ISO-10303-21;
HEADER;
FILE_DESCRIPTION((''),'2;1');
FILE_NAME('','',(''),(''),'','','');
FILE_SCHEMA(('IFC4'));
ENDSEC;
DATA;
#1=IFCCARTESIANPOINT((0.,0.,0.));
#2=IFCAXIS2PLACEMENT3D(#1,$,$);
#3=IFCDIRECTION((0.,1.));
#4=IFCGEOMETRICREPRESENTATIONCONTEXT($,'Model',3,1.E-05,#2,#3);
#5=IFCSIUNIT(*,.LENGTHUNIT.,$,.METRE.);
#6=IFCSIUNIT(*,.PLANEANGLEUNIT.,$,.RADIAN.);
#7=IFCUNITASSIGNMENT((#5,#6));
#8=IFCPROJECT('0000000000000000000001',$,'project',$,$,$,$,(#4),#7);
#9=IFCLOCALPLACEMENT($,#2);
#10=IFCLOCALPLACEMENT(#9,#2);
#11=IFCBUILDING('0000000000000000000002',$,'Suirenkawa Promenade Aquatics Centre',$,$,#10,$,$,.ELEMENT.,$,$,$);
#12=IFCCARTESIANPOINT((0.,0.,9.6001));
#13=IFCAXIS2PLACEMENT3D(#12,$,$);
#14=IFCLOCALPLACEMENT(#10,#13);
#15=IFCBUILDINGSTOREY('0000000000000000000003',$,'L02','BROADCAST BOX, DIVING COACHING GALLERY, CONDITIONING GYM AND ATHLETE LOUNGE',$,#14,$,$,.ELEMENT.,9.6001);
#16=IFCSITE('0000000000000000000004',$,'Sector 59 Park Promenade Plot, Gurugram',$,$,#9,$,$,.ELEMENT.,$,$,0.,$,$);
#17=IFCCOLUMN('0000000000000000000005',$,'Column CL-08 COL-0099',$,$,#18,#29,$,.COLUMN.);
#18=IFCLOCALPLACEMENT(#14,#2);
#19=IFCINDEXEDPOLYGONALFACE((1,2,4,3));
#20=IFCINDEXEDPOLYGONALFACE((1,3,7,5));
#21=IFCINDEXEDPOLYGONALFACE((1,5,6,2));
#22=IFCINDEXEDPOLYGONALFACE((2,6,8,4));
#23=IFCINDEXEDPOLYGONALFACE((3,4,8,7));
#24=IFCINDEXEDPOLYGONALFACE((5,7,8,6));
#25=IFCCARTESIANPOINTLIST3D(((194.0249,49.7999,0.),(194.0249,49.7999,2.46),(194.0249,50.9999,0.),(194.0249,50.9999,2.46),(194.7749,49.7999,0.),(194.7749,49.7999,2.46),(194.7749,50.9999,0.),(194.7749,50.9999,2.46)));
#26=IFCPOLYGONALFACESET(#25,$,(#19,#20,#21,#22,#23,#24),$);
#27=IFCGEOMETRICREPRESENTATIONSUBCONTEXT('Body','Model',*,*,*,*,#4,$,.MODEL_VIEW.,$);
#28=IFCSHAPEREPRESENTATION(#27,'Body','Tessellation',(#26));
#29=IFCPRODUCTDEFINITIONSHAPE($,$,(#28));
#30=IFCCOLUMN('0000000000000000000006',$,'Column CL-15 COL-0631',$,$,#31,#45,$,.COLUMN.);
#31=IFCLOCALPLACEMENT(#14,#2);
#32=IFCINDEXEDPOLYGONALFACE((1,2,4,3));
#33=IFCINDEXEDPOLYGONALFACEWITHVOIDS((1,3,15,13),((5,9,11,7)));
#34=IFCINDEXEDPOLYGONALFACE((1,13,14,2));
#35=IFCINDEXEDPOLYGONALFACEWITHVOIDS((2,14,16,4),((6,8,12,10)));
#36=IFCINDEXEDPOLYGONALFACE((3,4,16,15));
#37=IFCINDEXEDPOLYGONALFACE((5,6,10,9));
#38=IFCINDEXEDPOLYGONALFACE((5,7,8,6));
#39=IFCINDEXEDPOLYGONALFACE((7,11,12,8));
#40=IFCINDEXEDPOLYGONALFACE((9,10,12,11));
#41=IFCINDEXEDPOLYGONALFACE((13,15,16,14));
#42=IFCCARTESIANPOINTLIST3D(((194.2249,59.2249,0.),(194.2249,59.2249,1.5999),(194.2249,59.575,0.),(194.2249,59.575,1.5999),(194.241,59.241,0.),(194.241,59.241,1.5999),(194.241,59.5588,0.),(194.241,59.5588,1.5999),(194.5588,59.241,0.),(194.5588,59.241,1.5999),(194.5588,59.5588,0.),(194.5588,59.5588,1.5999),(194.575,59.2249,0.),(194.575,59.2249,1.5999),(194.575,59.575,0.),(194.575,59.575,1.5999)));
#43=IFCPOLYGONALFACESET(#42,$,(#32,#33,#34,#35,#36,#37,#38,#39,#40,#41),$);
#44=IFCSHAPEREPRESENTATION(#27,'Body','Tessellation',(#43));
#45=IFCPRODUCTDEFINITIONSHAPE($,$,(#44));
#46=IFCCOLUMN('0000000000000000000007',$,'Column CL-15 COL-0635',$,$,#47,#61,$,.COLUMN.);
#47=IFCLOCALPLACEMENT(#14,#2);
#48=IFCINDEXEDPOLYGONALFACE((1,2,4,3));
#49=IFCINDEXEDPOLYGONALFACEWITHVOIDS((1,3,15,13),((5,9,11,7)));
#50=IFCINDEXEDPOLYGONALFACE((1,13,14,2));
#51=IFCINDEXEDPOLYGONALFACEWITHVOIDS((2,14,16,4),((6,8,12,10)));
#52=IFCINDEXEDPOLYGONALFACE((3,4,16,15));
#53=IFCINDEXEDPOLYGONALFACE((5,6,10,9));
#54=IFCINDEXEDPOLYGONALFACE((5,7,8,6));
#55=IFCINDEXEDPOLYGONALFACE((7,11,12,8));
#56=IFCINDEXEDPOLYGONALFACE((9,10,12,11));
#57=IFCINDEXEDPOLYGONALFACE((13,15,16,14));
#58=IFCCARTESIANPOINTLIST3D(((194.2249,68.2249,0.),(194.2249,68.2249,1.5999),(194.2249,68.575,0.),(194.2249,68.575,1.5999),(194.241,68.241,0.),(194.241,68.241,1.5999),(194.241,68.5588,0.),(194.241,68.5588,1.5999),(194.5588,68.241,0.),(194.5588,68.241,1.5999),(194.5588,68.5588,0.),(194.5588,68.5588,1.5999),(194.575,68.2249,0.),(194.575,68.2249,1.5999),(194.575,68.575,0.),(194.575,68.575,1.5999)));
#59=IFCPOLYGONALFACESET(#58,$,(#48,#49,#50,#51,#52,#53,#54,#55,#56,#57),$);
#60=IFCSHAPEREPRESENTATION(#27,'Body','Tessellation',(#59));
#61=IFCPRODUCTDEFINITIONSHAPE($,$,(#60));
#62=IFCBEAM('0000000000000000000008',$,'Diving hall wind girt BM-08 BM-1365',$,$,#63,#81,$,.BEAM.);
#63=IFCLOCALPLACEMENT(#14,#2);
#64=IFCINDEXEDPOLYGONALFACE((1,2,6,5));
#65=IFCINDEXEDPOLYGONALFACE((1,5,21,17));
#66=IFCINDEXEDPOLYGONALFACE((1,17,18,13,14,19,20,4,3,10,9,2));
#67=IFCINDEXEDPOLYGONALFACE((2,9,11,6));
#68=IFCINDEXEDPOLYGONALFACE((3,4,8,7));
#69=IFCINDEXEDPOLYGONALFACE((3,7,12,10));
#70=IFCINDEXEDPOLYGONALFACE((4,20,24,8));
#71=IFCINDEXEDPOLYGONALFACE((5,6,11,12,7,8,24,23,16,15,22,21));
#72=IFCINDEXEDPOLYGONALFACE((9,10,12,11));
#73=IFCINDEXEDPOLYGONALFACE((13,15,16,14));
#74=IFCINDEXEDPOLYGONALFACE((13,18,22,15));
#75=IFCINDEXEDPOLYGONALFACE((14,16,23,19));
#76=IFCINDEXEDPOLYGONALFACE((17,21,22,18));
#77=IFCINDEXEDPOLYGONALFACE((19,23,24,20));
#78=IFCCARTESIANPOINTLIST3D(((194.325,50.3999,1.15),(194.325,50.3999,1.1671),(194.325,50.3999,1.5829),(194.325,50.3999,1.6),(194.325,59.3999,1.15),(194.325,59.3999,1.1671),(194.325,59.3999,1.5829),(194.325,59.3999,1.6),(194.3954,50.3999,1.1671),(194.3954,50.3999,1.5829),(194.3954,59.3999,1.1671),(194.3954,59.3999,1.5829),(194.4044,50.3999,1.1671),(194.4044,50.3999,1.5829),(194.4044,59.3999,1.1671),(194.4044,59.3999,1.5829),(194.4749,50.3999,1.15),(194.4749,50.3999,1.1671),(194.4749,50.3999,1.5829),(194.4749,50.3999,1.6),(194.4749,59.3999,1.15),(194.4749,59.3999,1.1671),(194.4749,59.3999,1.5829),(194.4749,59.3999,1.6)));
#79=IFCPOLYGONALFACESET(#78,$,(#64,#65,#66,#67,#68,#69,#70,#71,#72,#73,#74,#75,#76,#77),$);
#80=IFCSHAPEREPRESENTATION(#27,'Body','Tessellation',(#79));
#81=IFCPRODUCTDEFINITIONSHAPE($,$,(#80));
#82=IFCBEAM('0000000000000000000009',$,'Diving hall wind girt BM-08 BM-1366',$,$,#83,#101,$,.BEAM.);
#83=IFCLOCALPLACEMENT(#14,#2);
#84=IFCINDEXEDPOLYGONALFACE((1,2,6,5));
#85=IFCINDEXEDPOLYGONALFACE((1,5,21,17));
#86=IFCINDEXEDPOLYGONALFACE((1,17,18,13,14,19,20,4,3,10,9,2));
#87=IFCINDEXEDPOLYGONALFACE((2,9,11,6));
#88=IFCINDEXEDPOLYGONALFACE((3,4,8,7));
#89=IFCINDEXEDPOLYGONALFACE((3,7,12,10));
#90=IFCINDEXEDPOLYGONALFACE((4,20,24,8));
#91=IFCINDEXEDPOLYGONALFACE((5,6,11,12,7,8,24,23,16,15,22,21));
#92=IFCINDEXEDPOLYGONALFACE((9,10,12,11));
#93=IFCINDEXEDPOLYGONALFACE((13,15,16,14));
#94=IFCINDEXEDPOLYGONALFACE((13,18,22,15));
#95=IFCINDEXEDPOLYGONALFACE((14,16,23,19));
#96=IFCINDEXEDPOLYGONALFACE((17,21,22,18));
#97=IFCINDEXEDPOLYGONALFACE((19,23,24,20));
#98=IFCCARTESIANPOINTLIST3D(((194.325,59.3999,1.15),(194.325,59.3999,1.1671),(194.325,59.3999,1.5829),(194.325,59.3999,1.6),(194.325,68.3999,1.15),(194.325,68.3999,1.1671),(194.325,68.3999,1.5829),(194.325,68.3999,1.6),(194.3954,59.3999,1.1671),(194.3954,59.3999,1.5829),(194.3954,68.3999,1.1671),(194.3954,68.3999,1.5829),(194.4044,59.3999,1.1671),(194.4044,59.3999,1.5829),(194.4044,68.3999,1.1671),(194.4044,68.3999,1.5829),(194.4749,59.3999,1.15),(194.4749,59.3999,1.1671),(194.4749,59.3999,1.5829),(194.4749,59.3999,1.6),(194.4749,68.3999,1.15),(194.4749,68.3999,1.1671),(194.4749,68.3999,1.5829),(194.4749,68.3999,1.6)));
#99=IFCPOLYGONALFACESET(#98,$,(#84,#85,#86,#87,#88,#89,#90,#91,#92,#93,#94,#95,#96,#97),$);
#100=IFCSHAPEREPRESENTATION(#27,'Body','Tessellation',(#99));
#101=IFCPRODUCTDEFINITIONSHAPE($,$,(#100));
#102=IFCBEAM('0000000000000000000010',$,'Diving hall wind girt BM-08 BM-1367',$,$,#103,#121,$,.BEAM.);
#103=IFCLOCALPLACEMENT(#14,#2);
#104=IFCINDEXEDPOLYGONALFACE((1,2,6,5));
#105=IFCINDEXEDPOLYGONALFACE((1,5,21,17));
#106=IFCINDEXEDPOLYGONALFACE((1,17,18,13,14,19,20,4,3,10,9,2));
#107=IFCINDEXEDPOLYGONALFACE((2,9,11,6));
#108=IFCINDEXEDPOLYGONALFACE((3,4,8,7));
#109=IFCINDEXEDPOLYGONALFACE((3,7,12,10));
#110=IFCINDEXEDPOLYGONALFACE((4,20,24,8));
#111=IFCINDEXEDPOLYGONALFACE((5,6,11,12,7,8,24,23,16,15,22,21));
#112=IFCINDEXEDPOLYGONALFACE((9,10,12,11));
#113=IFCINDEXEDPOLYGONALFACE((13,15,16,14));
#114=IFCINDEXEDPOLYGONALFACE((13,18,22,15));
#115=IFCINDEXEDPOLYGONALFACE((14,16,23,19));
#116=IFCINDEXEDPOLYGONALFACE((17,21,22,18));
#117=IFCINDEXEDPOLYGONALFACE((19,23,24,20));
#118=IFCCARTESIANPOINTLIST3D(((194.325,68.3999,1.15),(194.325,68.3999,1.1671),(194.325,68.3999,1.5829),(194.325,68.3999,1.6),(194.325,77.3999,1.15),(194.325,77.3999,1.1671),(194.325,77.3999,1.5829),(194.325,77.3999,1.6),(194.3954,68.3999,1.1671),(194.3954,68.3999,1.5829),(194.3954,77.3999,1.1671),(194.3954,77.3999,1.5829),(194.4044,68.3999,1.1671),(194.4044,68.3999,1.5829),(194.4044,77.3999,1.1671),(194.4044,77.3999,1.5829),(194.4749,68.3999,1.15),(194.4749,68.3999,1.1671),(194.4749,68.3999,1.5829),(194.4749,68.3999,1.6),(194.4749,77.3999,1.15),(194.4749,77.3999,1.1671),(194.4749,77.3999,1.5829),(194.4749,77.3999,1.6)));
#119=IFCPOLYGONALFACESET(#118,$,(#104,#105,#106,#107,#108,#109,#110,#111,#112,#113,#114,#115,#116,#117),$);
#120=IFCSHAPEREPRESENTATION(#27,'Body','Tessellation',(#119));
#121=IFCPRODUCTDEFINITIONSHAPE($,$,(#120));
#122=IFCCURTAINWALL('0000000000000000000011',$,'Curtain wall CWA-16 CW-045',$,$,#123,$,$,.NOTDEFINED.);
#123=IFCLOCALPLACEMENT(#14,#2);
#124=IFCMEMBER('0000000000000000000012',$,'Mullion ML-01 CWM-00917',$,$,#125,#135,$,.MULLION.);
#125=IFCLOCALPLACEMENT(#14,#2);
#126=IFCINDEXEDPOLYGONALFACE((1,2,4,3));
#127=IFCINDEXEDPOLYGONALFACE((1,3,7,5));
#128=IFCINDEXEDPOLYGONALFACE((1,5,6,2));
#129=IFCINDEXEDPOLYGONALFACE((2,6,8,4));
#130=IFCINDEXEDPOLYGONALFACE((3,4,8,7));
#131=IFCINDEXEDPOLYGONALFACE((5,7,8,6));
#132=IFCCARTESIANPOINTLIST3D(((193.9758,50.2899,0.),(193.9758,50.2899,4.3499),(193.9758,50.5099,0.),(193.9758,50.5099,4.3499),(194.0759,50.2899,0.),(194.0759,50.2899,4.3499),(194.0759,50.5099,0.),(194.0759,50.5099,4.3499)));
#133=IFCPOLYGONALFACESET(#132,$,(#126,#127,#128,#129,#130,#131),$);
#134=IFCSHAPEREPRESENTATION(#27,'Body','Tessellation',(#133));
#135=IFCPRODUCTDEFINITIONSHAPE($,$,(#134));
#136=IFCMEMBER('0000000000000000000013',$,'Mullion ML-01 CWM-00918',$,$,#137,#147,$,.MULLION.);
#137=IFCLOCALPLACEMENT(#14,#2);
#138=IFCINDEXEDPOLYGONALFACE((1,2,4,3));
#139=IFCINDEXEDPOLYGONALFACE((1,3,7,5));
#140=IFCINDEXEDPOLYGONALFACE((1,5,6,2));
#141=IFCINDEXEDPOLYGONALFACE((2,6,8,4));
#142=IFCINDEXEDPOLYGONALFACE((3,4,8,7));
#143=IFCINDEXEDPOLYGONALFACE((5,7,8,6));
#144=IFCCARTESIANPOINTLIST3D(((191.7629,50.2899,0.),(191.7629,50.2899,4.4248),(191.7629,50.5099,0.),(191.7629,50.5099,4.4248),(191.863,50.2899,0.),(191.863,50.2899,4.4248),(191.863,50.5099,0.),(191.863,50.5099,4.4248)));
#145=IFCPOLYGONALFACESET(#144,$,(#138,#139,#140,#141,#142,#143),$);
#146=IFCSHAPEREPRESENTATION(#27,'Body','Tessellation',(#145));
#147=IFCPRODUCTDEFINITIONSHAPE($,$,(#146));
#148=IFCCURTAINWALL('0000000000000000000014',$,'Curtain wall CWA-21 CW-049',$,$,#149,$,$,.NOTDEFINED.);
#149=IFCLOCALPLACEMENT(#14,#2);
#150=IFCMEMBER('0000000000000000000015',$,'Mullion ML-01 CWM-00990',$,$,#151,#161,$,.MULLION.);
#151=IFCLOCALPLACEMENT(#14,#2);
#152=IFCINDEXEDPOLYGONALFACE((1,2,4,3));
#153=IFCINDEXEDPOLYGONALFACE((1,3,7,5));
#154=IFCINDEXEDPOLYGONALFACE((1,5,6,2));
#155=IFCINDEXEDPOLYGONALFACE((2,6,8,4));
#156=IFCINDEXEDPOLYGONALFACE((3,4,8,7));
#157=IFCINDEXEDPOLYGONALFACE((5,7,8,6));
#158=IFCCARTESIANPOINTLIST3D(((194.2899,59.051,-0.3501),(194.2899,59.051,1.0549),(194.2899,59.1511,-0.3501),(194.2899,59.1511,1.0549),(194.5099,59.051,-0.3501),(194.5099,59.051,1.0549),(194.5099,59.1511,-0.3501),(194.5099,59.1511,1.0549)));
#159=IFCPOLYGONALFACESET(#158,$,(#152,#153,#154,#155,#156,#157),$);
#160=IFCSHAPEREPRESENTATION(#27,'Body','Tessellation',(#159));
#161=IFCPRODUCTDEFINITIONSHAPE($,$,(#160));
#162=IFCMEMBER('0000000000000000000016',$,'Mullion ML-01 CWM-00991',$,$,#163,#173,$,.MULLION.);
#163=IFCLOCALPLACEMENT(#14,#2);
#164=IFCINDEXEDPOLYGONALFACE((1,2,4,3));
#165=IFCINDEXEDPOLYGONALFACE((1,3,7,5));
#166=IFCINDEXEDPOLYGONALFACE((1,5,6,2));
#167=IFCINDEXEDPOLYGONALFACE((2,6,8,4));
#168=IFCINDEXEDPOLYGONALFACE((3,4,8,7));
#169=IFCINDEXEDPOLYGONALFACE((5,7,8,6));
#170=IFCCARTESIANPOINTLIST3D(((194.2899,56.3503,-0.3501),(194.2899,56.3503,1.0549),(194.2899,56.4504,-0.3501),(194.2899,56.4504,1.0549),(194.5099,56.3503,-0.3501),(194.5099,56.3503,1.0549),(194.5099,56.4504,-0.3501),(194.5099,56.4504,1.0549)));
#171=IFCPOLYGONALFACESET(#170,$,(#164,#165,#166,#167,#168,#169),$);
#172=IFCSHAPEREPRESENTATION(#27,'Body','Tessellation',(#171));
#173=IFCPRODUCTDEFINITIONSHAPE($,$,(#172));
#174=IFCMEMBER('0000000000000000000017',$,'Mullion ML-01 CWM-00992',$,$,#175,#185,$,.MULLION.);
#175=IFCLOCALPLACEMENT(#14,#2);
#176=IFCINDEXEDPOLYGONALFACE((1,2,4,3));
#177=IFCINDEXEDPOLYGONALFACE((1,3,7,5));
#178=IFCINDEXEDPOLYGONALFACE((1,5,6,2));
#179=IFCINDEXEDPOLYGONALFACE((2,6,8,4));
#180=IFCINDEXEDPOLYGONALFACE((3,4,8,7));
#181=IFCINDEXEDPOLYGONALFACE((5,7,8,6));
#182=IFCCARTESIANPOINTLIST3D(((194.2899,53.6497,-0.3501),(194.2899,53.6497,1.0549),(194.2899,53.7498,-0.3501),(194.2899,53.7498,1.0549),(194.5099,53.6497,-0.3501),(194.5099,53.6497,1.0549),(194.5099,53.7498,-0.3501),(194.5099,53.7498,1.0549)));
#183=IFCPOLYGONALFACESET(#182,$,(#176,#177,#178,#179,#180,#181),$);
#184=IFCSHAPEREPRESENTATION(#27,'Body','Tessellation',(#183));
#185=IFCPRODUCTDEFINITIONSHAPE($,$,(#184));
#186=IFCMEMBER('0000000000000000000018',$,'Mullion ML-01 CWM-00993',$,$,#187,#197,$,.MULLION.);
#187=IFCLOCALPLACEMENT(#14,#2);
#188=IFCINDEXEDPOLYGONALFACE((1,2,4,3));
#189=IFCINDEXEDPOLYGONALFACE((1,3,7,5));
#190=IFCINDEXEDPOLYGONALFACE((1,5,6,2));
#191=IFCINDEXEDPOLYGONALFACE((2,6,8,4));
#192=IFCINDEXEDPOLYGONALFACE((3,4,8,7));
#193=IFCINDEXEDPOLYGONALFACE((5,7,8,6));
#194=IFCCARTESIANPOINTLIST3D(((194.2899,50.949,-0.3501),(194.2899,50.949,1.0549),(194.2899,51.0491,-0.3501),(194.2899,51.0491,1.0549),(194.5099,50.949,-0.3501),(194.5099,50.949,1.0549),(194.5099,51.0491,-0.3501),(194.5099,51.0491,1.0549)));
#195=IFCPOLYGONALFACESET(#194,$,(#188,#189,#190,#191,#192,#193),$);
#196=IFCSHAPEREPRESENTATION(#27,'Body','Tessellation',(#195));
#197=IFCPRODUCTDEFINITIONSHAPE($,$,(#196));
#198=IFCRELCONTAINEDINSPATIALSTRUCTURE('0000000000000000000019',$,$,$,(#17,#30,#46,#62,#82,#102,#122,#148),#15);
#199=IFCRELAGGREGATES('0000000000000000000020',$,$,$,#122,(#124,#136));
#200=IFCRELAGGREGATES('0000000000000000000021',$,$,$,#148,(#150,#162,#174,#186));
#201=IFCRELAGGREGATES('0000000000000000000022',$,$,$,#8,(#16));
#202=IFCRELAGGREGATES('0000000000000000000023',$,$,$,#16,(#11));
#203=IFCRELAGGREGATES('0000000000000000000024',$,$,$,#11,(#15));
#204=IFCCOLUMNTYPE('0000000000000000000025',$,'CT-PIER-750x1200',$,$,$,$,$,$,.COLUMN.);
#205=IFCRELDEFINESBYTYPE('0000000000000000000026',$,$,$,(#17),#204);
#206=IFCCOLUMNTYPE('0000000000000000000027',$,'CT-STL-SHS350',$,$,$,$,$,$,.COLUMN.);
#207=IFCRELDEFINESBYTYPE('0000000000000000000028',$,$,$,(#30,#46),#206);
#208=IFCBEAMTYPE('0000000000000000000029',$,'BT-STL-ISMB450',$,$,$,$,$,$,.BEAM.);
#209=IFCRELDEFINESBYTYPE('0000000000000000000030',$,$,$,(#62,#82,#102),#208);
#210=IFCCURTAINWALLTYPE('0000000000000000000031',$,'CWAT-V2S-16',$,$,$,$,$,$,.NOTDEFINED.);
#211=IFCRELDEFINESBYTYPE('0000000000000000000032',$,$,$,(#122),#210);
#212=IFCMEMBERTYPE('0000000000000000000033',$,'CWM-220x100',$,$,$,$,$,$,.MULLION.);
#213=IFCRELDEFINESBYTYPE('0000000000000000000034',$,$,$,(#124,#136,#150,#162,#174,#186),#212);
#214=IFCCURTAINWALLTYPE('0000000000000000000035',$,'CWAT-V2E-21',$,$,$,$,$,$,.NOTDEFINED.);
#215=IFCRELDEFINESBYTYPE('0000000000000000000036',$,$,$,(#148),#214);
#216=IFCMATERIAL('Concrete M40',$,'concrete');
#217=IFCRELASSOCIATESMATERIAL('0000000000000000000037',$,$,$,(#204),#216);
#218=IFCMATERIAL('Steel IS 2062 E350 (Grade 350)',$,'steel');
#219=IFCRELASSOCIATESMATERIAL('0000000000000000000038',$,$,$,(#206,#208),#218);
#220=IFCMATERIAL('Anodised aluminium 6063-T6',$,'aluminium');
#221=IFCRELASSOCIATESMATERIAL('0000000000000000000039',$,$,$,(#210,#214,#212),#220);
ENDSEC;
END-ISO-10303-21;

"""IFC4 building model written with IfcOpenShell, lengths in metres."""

from ifc_helpers import new_model, si_unit, direction, frame, origin, origin_2d, place, context, subcontext, project, spatial, rectangle, hollow_rectangle, i_section, extrude, material, material_profile, profile_set, type_object, element, aggregate, save


model = new_model("IFC4")

# Units and contexts
model_context = context("Model", 3, precision=1e-05, world=origin(), true_north=direction((0.0, 1.0)))
body_context = subcontext(model_context, "Body", "Model", "MODEL_VIEW")
ifc_project = project(units=[si_unit("LENGTHUNIT", "METRE"), si_unit("PLANEANGLEUNIT", "RADIAN")], contexts=[model_context])

# Site, building, storey
site_placement = place(None, origin())
site = spatial("IfcSite", under=ifc_project, at=site_placement, Name="Sector 59 Park Promenade Plot, Gurugram", CompositionType="ELEMENT", RefElevation=0.0)
building_placement = place(site_placement, origin())
building = spatial("IfcBuilding", under=site, at=building_placement, Name="Suirenkawa Promenade Aquatics Centre", CompositionType="ELEMENT")
storey_placement = place(building_placement, frame((0.0, 0.0, 9.6001)))
storey = spatial("IfcBuildingStorey", under=building, at=storey_placement, Name="L02", Description="BROADCAST BOX, DIVING COACHING GALLERY, CONDITIONING GYM AND ATHLETE LOUNGE", CompositionType="ELEMENT", Elevation=9.6001)

# Columns
ifc_material_1 = material(Name="Concrete M40", Category="concrete")
ifc_material_profile_1 = material_profile(ifc_material_1, rectangle(XDim=0.75, YDim=1.2, at=origin_2d()), Name="RC PIER 750x1200", Category="concrete")
ifc_profile_set_1 = profile_set([ifc_material_profile_1], Name="Concrete M40")
column_type_1 = type_object("IfcColumnType", Name="CT-PIER-750x1200", PredefinedType="COLUMN", material=ifc_profile_set_1)
column_placement = place(storey_placement, frame((194.3999, 50.3999, 0.0), z_axis=(0.0, 0.0, 1.0), x_axis=(1.0, 0.0, 0.0)))
element("IfcColumn", 1, at=column_placement, inside=storey, type_object=column_type_1, Name="Column CL-08 COL-0099", PredefinedType="COLUMN", context=body_context, shape_type="SweptSolid", body=[
    extrude(rectangle(XDim=0.75, YDim=1.2, at=origin_2d()), origin(), (0.0, 0.0, 1.0), 2.46),
])
ifc_material_2 = material(Name="Steel IS 2062 E350 (Grade 350)", Category="steel")
ifc_material_profile_2 = material_profile(ifc_material_2, hollow_rectangle(XDim=0.3501, YDim=0.3501, WallThickness=0.0161, at=origin_2d()), Name="SHS 350x350x16", Category="steel")
ifc_profile_set_2 = profile_set([ifc_material_profile_2], Name="Steel IS 2062 E350 (Grade 350)")
column_type_2 = type_object("IfcColumnType", Name="CT-STL-SHS350", PredefinedType="COLUMN", material=ifc_profile_set_2)
for number, where, z_axis, x_axis, name in (
    (2, (194.3999, 59.3999, 0.0), (0.0, 0.0, 1.0), (1.0, 0.0, 0.0), "Column CL-15 COL-0631"),
    (3, (194.3999, 68.3999, 0.0), (0.0, 0.0, 1.0), (1.0, 0.0, 0.0), "Column CL-15 COL-0635"),
):
    element("IfcColumn", number, at=place(storey_placement, frame(where, z_axis=z_axis, x_axis=x_axis)), inside=storey, type_object=column_type_2, Name=name, PredefinedType="COLUMN", context=body_context, shape_type="SweptSolid", body=[
        extrude(hollow_rectangle(XDim=0.3501, YDim=0.3501, WallThickness=0.0161, at=origin_2d()), origin(), (0.0, 0.0, 1.0), 1.5999),
    ])

# Beams
ifc_material_profile_3 = material_profile(ifc_material_2, i_section(OverallWidth=0.1499, OverallDepth=0.45, WebThickness=0.009, FlangeThickness=0.0171, at=origin_2d()), Name="ISMB 450", Category="steel")
ifc_profile_set_3 = profile_set([ifc_material_profile_3], Name="Steel IS 2062 E350 (Grade 350)")
beam_type = type_object("IfcBeamType", Name="BT-STL-ISMB450", PredefinedType="BEAM", material=ifc_profile_set_3)
for number, where, z_axis, x_axis, name in (
    (4, (194.3999, 50.3999, 1.375), (0.0, 1.0, 0.0), (-1.0, 0.0, 0.0), "Diving hall wind girt BM-08 BM-1365"),
    (5, (194.3999, 59.3999, 1.375), (0.0, 1.0, 0.0), (-1.0, 0.0, 0.0), "Diving hall wind girt BM-08 BM-1366"),
    (6, (194.3999, 68.3999, 1.375), (0.0, 1.0, 0.0), (-1.0, 0.0, 0.0), "Diving hall wind girt BM-08 BM-1367"),
):
    element("IfcBeam", number, at=place(storey_placement, frame(where, z_axis=z_axis, x_axis=x_axis)), inside=storey, type_object=beam_type, Name=name, PredefinedType="BEAM", context=body_context, shape_type="SweptSolid", body=[
        extrude(i_section(OverallWidth=0.1499, OverallDepth=0.45, WebThickness=0.009, FlangeThickness=0.0171, at=origin_2d()), origin(), (0.0, 0.0, 1.0), 9.0),
    ])

# Curtain walls, members
ifc_material_3 = material(Name="Anodised aluminium 6063-T6", Category="aluminium")
curtain_wall_type_1 = type_object("IfcCurtainWallType", Name="CWAT-V2S-16", PredefinedType="NOTDEFINED", material=ifc_material_3)
curtain_wall_1_placement = place(storey_placement, origin())
curtain_wall_1 = element("IfcCurtainWall", 7, at=curtain_wall_1_placement, inside=storey, type_object=curtain_wall_type_1, Name="Curtain wall CWA-16 CW-045", PredefinedType="NOTDEFINED")
ifc_material_profile_4 = material_profile(ifc_material_3, rectangle(XDim=0.1001, YDim=0.22, at=origin_2d()), Name="ALU MULL 100x220", Category="aluminium")
ifc_profile_set_4 = profile_set([ifc_material_profile_4], Name="Anodised aluminium 6063-T6")
member_type_1 = type_object("IfcMemberType", Name="CWM-220x100", PredefinedType="MULLION", material=ifc_profile_set_4)
member_1_placement = place(storey_placement, frame((194.0259, 50.3999, 0.0), z_axis=(0.0, 0.0, 1.0), x_axis=(-1.0, 0.0, 0.0)))
member_1 = element("IfcMember", 8, at=member_1_placement, type_object=member_type_1, Name="Mullion ML-01 CWM-00917", PredefinedType="MULLION", context=body_context, shape_type="SweptSolid", body=[
    extrude(rectangle(XDim=0.1001, YDim=0.22, at=origin_2d()), origin(), (0.0, 0.0, 1.0), 4.3499),
])
member_2_placement = place(storey_placement, frame((191.813, 50.3999, 0.0), z_axis=(0.0, 0.0, 1.0), x_axis=(-1.0, 0.0, 0.0)))
member_2 = element("IfcMember", 9, at=member_2_placement, type_object=member_type_1, Name="Mullion ML-01 CWM-00918", PredefinedType="MULLION", context=body_context, shape_type="SweptSolid", body=[
    extrude(rectangle(XDim=0.1001, YDim=0.22, at=origin_2d()), origin(), (0.0, 0.0, 1.0), 4.4248),
])
curtain_wall_type_2 = type_object("IfcCurtainWallType", Name="CWAT-V2E-21", PredefinedType="NOTDEFINED", material=ifc_material_3)
curtain_wall_2_placement = place(storey_placement, origin())
curtain_wall_2 = element("IfcCurtainWall", 10, at=curtain_wall_2_placement, inside=storey, type_object=curtain_wall_type_2, Name="Curtain wall CWA-21 CW-049", PredefinedType="NOTDEFINED")
member_3_placement = place(storey_placement, frame((194.3999, 59.1011, -0.3501), z_axis=(0.0, 0.0, 1.0), x_axis=(0.0, -1.0, 0.0)))
member_3 = element("IfcMember", 11, at=member_3_placement, type_object=member_type_1, Name="Mullion ML-01 CWM-00990", PredefinedType="MULLION", context=body_context, shape_type="SweptSolid", body=[
    extrude(rectangle(XDim=0.1001, YDim=0.22, at=origin_2d()), origin(), (0.0, 0.0, 1.0), 1.405),
])
member_4_placement = place(storey_placement, frame((194.3999, 56.4004, -0.3501), z_axis=(0.0, 0.0, 1.0), x_axis=(0.0, -1.0, 0.0)))
member_4 = element("IfcMember", 12, at=member_4_placement, type_object=member_type_1, Name="Mullion ML-01 CWM-00991", PredefinedType="MULLION", context=body_context, shape_type="SweptSolid", body=[
    extrude(rectangle(XDim=0.1001, YDim=0.22, at=origin_2d()), origin(), (0.0, 0.0, 1.0), 1.405),
])
member_5_placement = place(storey_placement, frame((194.3999, 53.6997, -0.3501), z_axis=(0.0, 0.0, 1.0), x_axis=(0.0, -1.0, 0.0)))
member_5 = element("IfcMember", 13, at=member_5_placement, type_object=member_type_1, Name="Mullion ML-01 CWM-00992", PredefinedType="MULLION", context=body_context, shape_type="SweptSolid", body=[
    extrude(rectangle(XDim=0.1001, YDim=0.22, at=origin_2d()), origin(), (0.0, 0.0, 1.0), 1.405),
])
member_6_placement = place(storey_placement, frame((194.3999, 50.999, -0.3501), z_axis=(0.0, 0.0, 1.0), x_axis=(0.0, -1.0, 0.0)))
member_6 = element("IfcMember", 14, at=member_6_placement, type_object=member_type_1, Name="Mullion ML-01 CWM-00993", PredefinedType="MULLION", context=body_context, shape_type="SweptSolid", body=[
    extrude(rectangle(XDim=0.1001, YDim=0.22, at=origin_2d()), origin(), (0.0, 0.0, 1.0), 1.405),
])

aggregate(curtain_wall_1, [member_1, member_2])
aggregate(curtain_wall_2, [member_3, member_4, member_5, member_6])

save(model, "model.ifc")
